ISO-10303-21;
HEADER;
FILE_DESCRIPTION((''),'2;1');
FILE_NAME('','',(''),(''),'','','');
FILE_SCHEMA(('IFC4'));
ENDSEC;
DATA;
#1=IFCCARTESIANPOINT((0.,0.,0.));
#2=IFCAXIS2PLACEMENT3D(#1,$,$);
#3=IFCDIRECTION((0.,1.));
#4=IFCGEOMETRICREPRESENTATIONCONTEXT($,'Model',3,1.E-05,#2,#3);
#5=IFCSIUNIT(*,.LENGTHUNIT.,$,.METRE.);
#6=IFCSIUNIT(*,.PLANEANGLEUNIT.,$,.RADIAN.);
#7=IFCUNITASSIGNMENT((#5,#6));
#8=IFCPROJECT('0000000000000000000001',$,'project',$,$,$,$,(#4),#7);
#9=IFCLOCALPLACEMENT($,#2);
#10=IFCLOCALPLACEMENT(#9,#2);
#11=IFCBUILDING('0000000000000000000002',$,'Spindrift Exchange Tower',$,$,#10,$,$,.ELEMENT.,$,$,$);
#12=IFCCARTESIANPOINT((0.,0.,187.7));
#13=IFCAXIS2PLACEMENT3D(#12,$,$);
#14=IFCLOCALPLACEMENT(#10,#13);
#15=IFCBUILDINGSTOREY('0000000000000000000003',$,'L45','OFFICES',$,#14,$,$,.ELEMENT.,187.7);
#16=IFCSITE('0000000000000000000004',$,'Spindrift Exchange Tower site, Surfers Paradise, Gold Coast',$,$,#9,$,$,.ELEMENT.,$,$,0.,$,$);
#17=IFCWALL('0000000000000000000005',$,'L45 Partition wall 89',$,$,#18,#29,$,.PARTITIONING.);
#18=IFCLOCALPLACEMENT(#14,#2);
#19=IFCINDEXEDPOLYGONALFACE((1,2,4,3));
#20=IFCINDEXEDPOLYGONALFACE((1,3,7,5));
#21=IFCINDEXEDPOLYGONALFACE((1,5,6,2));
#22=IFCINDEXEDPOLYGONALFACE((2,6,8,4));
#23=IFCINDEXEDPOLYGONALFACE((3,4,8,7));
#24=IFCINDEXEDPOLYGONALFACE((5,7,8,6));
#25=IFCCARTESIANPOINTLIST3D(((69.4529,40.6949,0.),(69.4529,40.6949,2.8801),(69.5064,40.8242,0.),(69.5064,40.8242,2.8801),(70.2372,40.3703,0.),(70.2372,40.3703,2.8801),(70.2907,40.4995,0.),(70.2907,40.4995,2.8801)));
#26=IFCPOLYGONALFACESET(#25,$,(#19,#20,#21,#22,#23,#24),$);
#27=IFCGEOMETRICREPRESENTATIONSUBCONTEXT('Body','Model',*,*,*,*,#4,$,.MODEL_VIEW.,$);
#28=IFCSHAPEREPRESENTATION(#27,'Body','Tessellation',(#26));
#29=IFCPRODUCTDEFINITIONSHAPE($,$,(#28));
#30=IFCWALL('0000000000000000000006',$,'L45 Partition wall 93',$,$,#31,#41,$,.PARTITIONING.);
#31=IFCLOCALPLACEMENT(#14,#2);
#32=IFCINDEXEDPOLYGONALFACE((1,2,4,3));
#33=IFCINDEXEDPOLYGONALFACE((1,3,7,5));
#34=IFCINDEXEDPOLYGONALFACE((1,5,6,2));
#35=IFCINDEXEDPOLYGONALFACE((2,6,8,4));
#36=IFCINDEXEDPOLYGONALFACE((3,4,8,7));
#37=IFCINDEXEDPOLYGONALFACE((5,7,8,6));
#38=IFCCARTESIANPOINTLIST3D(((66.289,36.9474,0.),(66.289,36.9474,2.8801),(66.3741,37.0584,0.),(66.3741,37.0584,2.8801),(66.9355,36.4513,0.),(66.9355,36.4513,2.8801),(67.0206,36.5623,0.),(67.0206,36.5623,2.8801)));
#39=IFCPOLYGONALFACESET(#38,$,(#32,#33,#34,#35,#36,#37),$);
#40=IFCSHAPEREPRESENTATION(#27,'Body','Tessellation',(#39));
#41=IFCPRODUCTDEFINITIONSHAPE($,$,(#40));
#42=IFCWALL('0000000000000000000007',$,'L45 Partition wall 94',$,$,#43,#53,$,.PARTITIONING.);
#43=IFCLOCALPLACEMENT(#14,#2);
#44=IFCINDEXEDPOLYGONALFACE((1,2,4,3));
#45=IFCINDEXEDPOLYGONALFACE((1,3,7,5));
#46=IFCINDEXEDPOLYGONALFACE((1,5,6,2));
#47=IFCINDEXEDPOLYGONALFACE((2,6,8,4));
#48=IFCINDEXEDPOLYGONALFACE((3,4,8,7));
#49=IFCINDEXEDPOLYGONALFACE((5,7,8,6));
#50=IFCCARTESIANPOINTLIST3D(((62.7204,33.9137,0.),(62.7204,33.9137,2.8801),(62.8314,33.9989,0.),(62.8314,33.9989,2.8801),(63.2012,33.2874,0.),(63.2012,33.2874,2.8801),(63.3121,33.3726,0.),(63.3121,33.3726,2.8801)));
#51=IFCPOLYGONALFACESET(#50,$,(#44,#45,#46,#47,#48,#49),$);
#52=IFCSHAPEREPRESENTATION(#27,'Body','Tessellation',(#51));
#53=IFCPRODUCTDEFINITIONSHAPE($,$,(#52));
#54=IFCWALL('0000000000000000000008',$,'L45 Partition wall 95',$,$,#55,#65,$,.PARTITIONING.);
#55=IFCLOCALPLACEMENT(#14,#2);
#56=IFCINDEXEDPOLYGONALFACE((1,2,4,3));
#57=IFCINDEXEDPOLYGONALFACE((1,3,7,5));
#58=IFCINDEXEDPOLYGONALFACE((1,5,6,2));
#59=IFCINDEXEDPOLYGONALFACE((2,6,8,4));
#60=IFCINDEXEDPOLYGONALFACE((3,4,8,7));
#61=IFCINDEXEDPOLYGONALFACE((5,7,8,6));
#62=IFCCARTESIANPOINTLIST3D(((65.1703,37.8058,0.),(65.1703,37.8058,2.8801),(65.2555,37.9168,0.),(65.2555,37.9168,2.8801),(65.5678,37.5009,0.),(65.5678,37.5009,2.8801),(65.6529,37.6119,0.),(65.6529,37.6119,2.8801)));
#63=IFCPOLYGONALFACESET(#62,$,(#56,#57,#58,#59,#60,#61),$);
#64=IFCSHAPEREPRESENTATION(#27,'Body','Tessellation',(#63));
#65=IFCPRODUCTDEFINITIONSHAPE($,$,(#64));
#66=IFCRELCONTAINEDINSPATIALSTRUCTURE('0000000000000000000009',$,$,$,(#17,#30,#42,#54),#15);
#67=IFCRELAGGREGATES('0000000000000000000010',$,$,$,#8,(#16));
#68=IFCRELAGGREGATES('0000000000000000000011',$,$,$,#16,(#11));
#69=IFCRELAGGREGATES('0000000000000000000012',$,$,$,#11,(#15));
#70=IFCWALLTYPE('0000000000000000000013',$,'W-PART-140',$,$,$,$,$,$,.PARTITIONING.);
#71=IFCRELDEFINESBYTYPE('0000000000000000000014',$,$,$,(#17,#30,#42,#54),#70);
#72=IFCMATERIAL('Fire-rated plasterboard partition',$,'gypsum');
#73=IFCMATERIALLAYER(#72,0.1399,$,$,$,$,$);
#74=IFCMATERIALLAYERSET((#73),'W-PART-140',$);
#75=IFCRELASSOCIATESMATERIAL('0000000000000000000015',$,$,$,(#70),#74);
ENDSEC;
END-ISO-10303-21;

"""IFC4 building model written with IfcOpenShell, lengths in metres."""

from ifc_helpers import new_model, si_unit, direction, frame, frame_2d, origin, place, context, subcontext, project, spatial, rectangle, extrude, material, layer, layer_set, type_object, element, save


model = new_model("IFC4")

# Units and contexts
model_context = context("Model", 3, precision=1e-05, world=origin(), true_north=direction((0.0, 1.0)))
body_context = subcontext(model_context, "Body", "Model", "MODEL_VIEW")
ifc_project = project(units=[si_unit("LENGTHUNIT", "METRE"), si_unit("PLANEANGLEUNIT", "RADIAN")], contexts=[model_context])

# Site, building, storey
site_placement = place(None, origin())
site = spatial("IfcSite", under=ifc_project, at=site_placement, Name="Spindrift Exchange Tower site, Surfers Paradise, Gold Coast", CompositionType="ELEMENT", RefElevation=0.0)
building_placement = place(site_placement, origin())
building = spatial("IfcBuilding", under=site, at=building_placement, Name="Spindrift Exchange Tower", CompositionType="ELEMENT")
storey_placement = place(building_placement, frame((0.0, 0.0, 187.7)))
storey = spatial("IfcBuildingStorey", under=building, at=storey_placement, Name="L45", Description="OFFICES", CompositionType="ELEMENT", Elevation=187.7)

# Shared definitions
ifc_material_1 = material(Name="Fire-rated plasterboard partition", Category="gypsum")

# Walls
ifc_layer_1 = layer(ifc_material_1, 0.1399)
ifc_layer_set_1 = layer_set([ifc_layer_1], Name="W-PART-140")
wall_type_1 = type_object("IfcWallType", Name="W-PART-140", PredefinedType="PARTITIONING", material=ifc_layer_set_1)
wall_1_placement = place(storey_placement, frame((69.4797, 40.7595, 0.0), z_axis=(0.0, 0.0, 1.0), x_axis=(0.923968, -0.38247, 0.0)))
element("IfcWall", 1, at=wall_1_placement, inside=storey, type_object=wall_type_1, Name="L45 Partition wall 89", PredefinedType="PARTITIONING", context=body_context, shape_type="SweptSolid", body=[
    extrude(rectangle(XDim=0.8489, YDim=0.1399, at=frame_2d((0.4243, 0.0))), origin(), (0.0, 0.0, 1.0), 2.8801),
])
wall_2_placement = place(storey_placement, frame((66.3315, 37.0029, 0.0), z_axis=(0.0, 0.0, 1.0), x_axis=(0.793336, -0.608784, 0.0)))
element("IfcWall", 2, at=wall_2_placement, inside=storey, type_object=wall_type_1, Name="L45 Partition wall 93", PredefinedType="PARTITIONING", context=body_context, shape_type="SweptSolid", body=[
    extrude(rectangle(XDim=0.8149, YDim=0.1399, at=frame_2d((0.4075, 0.0))), origin(), (0.0, 0.0, 1.0), 2.8801),
])
wall_3_placement = place(storey_placement, frame((62.7759, 33.9563, 0.0), z_axis=(0.0, 0.0, 1.0), x_axis=(0.608918, -0.793233, 0.0)))
element("IfcWall", 3, at=wall_3_placement, inside=storey, type_object=wall_type_1, Name="L45 Partition wall 94", PredefinedType="PARTITIONING", context=body_context, shape_type="SweptSolid", body=[
    extrude(rectangle(XDim=0.7896, YDim=0.1399, at=frame_2d((0.3948, 0.0))), origin(), (0.0, 0.0, 1.0), 2.8801),
])
wall_4_placement = place(storey_placement, frame((65.2129, 37.8613, 0.0), z_axis=(0.0, 0.0, 1.0), x_axis=(0.793402, -0.608698, 0.0)))
element("IfcWall", 4, at=wall_4_placement, inside=storey, type_object=wall_type_1, Name="L45 Partition wall 95", PredefinedType="PARTITIONING", context=body_context, shape_type="SweptSolid", body=[
    extrude(rectangle(XDim=0.501, YDim=0.1399, at=frame_2d((0.2505, 0.0))), origin(), (0.0, 0.0, 1.0), 2.8801),
])

save(model, "model.ifc")
